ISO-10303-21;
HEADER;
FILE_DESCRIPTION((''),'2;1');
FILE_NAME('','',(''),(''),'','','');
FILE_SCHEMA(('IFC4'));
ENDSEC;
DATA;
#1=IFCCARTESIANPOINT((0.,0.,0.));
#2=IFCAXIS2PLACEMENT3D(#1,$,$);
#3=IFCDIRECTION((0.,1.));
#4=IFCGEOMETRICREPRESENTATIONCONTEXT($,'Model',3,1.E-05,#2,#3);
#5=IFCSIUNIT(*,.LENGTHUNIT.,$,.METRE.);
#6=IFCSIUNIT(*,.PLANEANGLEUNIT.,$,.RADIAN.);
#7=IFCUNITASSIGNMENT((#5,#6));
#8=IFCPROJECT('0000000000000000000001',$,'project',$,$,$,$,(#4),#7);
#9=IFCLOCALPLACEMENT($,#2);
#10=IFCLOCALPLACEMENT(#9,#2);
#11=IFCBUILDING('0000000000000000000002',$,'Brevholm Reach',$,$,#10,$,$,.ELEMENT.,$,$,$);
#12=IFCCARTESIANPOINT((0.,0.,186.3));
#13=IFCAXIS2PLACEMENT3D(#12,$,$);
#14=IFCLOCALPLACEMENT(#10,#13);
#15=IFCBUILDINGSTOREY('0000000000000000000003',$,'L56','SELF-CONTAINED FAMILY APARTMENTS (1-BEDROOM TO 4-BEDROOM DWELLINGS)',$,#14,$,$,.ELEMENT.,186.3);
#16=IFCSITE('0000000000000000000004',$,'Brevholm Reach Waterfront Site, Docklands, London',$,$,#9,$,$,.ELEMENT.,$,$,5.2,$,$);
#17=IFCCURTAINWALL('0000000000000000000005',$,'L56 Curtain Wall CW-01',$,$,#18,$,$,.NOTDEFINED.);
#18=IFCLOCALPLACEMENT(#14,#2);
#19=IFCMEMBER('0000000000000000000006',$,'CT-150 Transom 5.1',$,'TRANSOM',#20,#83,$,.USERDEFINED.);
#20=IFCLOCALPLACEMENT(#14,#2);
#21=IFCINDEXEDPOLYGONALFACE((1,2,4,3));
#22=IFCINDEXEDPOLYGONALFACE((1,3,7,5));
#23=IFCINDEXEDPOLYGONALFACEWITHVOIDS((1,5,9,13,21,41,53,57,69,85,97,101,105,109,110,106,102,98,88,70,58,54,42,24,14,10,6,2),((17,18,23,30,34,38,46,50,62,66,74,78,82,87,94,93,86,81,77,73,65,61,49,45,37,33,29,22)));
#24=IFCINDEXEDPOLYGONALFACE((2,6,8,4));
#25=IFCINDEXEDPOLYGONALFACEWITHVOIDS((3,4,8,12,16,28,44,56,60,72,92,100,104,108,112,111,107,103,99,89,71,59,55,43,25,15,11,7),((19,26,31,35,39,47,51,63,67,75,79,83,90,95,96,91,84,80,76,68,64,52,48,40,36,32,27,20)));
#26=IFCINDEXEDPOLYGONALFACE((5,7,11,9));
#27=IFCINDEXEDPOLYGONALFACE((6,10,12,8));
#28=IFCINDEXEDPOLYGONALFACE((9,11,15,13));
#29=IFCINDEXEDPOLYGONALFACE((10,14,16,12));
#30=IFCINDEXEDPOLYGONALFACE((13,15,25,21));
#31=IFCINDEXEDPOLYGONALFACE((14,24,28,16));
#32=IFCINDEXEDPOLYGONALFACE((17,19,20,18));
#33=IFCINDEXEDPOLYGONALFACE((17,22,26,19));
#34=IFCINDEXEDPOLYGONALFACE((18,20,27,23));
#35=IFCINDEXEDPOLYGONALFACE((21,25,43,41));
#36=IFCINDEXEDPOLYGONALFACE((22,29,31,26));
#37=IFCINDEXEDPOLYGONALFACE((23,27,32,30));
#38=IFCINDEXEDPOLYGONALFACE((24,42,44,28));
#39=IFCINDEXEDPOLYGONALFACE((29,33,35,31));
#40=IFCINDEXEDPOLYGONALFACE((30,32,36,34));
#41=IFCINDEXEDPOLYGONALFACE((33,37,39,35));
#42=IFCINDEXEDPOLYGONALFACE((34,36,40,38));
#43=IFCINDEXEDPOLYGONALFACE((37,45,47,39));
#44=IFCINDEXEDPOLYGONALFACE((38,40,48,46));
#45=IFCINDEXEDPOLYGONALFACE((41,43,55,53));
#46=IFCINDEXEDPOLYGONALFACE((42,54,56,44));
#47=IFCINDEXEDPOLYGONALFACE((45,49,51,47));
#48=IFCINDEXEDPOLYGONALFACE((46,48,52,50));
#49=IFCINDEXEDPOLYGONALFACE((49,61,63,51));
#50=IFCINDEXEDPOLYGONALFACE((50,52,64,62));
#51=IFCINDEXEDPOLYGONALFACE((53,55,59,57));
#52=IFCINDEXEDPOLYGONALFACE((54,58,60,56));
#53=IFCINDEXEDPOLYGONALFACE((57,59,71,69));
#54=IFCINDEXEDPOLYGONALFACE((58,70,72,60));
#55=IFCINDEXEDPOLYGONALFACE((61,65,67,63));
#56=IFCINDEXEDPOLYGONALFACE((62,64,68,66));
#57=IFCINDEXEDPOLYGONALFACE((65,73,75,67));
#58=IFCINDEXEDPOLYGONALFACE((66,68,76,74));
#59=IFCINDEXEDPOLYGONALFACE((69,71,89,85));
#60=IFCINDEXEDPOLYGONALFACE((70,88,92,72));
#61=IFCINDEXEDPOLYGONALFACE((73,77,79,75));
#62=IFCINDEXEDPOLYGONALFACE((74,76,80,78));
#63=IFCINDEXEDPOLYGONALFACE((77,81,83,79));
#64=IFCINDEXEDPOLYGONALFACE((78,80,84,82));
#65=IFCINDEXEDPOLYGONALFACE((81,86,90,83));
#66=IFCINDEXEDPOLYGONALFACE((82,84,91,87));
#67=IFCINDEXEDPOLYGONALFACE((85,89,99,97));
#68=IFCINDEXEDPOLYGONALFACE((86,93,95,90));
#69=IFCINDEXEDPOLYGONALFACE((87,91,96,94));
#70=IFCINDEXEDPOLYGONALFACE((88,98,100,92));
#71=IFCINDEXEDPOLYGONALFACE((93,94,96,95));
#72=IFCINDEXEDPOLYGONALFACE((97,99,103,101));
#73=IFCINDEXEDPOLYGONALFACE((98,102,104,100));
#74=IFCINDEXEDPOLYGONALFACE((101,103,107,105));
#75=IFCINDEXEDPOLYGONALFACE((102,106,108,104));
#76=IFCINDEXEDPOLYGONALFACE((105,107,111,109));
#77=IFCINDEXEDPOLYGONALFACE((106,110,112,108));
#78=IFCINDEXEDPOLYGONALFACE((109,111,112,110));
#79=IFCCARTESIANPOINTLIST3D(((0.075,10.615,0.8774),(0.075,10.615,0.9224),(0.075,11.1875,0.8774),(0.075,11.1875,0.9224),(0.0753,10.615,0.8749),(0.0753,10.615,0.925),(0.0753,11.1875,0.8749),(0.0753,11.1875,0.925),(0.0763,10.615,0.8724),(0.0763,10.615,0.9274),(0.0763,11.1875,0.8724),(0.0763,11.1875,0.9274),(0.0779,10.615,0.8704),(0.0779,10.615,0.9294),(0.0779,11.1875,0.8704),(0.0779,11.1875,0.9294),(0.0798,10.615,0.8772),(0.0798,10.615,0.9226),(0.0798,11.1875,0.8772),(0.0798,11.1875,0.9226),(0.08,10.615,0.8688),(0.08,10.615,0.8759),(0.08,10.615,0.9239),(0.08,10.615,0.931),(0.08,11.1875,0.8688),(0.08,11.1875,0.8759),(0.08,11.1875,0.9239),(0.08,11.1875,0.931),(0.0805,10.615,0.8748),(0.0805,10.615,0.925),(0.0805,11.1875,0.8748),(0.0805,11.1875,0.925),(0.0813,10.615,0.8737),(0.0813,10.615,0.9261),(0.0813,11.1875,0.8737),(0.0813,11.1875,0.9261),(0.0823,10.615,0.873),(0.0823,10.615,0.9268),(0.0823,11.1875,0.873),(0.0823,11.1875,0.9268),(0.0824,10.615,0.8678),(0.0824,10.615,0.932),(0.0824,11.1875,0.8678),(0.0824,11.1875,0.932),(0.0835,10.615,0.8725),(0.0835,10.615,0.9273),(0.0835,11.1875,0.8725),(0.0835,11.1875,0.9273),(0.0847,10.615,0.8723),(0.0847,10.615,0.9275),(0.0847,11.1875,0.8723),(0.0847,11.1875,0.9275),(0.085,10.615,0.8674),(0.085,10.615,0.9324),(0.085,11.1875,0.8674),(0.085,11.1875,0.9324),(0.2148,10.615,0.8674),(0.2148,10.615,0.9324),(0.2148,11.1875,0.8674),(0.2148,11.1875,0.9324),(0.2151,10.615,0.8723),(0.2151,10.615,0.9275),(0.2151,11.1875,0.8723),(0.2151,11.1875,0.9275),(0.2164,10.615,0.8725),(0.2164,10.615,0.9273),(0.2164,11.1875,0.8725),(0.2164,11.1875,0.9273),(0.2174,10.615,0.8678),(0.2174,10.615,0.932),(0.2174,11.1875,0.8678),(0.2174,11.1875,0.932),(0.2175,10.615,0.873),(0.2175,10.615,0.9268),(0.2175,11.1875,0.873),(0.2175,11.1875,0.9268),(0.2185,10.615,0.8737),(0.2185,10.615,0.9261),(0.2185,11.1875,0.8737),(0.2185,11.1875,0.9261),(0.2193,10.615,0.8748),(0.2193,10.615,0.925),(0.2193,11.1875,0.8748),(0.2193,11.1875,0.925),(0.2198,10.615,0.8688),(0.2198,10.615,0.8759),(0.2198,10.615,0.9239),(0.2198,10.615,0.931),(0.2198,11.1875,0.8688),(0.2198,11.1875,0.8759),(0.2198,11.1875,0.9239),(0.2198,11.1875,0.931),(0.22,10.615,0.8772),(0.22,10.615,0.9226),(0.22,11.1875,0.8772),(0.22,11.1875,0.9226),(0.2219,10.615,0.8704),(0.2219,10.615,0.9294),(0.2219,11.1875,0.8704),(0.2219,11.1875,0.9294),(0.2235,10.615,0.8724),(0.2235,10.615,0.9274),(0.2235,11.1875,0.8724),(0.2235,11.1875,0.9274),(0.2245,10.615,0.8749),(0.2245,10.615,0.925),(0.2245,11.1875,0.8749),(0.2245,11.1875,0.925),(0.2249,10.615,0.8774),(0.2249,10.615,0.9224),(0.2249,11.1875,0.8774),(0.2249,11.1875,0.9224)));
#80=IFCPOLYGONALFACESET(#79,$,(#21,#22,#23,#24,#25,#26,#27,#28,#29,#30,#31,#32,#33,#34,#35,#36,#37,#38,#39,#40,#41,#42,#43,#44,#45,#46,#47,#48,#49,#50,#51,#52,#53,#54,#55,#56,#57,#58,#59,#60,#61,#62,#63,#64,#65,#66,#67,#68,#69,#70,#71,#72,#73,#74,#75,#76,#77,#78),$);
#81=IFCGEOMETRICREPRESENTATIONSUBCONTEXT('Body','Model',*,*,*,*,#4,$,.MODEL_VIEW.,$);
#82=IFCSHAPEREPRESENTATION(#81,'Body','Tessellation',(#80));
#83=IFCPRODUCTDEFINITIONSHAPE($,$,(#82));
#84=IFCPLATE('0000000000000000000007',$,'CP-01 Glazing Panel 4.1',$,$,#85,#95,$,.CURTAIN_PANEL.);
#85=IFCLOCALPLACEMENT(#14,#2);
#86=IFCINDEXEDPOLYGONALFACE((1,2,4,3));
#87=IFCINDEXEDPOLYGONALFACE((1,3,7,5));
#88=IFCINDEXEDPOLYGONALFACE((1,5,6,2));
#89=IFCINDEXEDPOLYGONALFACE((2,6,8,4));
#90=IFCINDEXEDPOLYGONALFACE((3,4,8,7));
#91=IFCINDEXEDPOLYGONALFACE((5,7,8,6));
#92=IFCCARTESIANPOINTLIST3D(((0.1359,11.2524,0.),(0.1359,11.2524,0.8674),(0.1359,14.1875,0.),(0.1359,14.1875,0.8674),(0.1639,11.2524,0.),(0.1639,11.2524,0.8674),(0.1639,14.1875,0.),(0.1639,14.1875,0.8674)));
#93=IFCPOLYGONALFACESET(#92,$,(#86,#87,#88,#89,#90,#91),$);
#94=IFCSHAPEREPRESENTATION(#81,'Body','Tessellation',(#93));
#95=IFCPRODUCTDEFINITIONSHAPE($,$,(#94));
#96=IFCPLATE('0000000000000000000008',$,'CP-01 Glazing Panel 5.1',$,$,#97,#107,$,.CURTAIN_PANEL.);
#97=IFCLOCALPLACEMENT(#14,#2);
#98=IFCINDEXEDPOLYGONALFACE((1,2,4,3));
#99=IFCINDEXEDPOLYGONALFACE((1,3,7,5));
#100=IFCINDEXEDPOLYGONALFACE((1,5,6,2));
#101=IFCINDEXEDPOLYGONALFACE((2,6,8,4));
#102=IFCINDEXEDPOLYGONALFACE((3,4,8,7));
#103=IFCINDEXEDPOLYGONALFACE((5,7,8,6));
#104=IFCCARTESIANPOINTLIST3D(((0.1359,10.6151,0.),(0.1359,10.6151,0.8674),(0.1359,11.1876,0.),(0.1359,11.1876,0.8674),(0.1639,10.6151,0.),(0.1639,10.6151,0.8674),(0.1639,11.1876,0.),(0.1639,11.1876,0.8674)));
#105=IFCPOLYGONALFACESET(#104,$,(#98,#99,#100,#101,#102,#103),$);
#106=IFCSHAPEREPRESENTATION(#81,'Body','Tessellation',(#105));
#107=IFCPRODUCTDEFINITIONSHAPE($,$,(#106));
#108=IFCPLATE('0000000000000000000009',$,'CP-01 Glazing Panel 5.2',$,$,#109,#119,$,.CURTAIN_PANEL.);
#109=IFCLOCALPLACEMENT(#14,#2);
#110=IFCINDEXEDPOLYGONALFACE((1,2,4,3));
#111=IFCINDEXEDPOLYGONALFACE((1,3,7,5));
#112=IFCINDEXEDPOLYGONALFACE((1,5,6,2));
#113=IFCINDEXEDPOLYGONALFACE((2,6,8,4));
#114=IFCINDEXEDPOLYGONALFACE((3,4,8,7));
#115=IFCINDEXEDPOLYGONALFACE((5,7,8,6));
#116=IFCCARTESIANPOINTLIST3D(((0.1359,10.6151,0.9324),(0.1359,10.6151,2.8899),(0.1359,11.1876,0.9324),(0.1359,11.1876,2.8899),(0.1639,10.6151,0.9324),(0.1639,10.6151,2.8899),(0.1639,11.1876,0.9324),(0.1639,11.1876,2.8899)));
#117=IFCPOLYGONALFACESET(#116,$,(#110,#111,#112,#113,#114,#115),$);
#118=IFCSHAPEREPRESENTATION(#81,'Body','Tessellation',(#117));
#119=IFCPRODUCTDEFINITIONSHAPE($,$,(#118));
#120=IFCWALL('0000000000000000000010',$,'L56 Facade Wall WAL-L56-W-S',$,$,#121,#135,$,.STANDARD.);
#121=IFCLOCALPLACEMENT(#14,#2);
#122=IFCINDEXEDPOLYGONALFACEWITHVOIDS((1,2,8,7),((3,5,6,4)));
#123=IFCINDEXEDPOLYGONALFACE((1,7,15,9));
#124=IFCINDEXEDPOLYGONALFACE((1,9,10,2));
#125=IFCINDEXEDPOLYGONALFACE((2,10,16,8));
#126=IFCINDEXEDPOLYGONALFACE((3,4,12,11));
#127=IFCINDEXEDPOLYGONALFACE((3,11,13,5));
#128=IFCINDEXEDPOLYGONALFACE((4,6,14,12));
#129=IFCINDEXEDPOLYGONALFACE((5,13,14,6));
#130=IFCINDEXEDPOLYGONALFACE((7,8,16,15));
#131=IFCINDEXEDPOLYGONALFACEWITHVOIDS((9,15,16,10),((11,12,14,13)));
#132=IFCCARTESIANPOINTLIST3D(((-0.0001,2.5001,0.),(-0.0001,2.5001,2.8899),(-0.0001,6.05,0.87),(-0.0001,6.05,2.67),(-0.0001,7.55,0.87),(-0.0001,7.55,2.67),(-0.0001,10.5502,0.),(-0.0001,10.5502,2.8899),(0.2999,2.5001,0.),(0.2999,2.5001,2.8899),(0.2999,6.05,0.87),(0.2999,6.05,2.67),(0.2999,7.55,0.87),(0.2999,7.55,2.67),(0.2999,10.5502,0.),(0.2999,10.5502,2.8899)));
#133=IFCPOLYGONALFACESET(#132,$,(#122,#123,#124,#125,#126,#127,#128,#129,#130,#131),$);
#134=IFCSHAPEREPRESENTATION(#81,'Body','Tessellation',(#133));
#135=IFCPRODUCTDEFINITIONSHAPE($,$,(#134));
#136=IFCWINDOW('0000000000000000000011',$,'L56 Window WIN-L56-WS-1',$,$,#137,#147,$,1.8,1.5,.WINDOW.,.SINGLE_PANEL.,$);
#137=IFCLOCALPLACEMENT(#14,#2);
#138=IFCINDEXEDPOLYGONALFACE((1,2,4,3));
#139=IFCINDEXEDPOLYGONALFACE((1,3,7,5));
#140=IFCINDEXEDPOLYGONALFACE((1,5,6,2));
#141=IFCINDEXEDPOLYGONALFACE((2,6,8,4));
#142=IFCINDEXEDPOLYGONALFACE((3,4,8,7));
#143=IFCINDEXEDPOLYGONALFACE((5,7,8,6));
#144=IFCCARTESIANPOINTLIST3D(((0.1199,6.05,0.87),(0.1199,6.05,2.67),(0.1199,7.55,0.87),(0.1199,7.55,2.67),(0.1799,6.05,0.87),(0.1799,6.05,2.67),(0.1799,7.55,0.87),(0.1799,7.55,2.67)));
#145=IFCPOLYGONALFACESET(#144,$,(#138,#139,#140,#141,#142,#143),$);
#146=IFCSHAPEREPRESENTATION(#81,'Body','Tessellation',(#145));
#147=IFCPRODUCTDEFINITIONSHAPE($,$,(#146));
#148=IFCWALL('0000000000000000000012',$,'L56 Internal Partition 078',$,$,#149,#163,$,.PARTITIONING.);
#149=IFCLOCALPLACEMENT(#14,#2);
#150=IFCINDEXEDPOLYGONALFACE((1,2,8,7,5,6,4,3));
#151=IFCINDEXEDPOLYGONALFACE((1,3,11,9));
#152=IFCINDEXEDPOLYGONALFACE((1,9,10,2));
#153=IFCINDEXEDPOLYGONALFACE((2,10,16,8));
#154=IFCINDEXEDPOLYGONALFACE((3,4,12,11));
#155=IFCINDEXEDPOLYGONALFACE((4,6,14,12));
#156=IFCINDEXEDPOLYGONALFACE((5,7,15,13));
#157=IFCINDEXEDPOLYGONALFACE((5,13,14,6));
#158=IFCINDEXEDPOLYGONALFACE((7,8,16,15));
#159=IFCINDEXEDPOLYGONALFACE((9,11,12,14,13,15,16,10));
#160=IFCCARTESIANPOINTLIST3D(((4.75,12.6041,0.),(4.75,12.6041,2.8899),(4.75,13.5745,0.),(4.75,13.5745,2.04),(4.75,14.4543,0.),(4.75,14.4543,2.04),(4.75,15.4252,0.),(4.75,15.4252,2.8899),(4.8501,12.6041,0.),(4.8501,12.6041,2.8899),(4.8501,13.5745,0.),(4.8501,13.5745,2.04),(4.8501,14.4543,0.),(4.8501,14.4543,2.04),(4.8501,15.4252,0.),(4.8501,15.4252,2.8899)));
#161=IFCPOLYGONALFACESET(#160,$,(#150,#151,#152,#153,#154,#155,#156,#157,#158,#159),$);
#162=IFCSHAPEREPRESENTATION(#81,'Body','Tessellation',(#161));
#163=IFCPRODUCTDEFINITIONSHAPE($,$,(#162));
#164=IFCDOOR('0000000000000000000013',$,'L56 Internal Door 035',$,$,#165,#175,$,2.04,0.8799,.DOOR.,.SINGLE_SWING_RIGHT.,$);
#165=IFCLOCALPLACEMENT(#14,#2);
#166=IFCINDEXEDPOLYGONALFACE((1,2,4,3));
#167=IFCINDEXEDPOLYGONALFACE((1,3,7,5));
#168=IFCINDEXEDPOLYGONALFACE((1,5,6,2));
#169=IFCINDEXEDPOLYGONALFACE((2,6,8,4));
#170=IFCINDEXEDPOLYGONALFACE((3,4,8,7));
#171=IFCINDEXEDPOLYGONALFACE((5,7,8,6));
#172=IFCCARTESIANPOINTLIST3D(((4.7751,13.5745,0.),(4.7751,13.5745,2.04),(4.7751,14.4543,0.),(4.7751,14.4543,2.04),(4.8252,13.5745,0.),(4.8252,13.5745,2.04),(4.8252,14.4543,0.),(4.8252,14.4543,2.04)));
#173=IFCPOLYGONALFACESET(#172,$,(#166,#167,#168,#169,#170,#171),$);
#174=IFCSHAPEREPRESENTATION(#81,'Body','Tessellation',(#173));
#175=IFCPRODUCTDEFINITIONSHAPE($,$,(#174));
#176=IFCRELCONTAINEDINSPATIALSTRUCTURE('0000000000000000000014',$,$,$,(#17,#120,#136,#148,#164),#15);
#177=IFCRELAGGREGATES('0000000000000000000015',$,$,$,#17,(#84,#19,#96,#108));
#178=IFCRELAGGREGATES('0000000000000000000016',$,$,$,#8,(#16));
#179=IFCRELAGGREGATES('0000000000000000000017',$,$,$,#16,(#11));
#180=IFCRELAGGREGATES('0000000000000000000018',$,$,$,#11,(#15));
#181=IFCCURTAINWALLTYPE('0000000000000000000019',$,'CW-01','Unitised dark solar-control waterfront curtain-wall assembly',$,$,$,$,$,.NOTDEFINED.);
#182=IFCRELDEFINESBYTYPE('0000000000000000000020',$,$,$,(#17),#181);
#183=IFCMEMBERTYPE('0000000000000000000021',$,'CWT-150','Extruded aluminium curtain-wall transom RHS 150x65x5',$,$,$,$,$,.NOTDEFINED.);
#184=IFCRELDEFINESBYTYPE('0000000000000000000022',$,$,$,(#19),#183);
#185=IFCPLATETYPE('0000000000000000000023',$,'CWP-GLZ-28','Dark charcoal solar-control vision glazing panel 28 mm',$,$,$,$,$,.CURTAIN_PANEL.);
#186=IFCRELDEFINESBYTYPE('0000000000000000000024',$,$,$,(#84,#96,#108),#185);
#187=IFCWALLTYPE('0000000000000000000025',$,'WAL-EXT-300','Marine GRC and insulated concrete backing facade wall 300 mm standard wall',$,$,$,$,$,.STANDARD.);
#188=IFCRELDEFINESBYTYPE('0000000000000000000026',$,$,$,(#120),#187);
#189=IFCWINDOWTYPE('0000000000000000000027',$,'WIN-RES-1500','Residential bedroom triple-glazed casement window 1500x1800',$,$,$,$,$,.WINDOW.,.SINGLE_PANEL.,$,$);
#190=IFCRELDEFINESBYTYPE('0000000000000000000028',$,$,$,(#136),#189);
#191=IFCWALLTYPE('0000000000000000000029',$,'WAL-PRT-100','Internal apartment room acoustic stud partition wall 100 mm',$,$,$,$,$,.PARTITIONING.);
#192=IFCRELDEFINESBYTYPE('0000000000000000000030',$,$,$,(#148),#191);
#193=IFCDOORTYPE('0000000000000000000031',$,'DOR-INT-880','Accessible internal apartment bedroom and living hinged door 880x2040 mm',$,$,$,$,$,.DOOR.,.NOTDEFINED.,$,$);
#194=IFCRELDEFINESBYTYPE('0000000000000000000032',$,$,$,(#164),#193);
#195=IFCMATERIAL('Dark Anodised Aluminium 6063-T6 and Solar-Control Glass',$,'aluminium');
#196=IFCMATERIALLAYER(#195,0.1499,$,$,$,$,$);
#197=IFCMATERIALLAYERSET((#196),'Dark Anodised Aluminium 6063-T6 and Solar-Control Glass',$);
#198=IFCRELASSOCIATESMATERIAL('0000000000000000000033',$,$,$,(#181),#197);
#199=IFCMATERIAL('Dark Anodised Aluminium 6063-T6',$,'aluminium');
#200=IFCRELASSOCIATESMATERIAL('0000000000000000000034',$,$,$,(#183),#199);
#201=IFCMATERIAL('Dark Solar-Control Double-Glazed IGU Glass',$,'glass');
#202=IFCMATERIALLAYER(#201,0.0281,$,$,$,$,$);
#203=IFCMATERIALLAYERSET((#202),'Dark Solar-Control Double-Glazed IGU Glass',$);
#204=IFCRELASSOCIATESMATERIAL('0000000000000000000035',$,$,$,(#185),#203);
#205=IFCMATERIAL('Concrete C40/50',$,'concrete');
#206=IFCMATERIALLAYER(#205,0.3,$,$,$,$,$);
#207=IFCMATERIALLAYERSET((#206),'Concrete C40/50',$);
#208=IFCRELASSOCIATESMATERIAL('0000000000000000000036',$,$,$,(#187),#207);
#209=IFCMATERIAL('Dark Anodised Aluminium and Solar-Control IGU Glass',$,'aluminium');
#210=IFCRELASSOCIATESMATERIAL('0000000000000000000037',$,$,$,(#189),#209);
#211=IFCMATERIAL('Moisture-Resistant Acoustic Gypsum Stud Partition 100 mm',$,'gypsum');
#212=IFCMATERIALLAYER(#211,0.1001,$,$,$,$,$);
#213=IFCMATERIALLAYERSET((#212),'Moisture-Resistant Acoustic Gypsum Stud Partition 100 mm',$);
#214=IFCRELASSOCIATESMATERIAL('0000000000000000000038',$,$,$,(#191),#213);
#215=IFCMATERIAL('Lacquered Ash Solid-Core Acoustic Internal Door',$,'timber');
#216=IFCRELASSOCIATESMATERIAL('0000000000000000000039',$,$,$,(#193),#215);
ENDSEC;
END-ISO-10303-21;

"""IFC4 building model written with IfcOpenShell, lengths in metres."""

from ifc_helpers import new_model, si_unit, direction, frame, frame_2d, origin, origin_2d, place, context, subcontext, project, spatial, rectangle, hollow_rectangle, extrude, material, layer, layer_set, material_profile, profile_set, type_object, element, fill, aggregate, save


model = new_model("IFC4")

# Units and contexts
model_context = context("Model", 3, precision=1e-05, world=origin(), true_north=direction((0.0, 1.0)))
body_context = subcontext(model_context, "Body", "Model", "MODEL_VIEW")
ifc_project = project(units=[si_unit("LENGTHUNIT", "METRE"), si_unit("PLANEANGLEUNIT", "RADIAN")], contexts=[model_context])

# Site, building, storey
site_placement = place(None, origin())
site = spatial("IfcSite", under=ifc_project, at=site_placement, Name="Brevholm Reach Waterfront Site, Docklands, London", CompositionType="ELEMENT", RefElevation=5.2)
building_placement = place(site_placement, origin())
building = spatial("IfcBuilding", under=site, at=building_placement, Name="Brevholm Reach", CompositionType="ELEMENT")
storey_placement = place(building_placement, frame((0.0, 0.0, 186.3)))
storey = spatial("IfcBuildingStorey", under=building, at=storey_placement, Name="L56", Description="SELF-CONTAINED FAMILY APARTMENTS (1-BEDROOM TO 4-BEDROOM DWELLINGS)", CompositionType="ELEMENT", Elevation=186.3)

# Curtain wall, member, plates
ifc_material_1 = material(Name="Dark Anodised Aluminium 6063-T6 and Solar-Control Glass", Category="aluminium")
ifc_layer_1 = layer(ifc_material_1, 0.1499)
ifc_layer_set_1 = layer_set([ifc_layer_1], Name="Dark Anodised Aluminium 6063-T6 and Solar-Control Glass")
curtain_wall_type = type_object("IfcCurtainWallType", Name="CW-01", Description="Unitised dark solar-control waterfront curtain-wall assembly", PredefinedType="NOTDEFINED", material=ifc_layer_set_1)
curtain_wall_placement = place(storey_placement, origin())
curtain_wall = element("IfcCurtainWall", 1, at=curtain_wall_placement, inside=storey, type_object=curtain_wall_type, Name="L56 Curtain Wall CW-01", PredefinedType="NOTDEFINED")
ifc_material_2 = material(Name="Dark Anodised Aluminium 6063-T6", Category="aluminium")
ifc_material_profile_1 = material_profile(ifc_material_2, hollow_rectangle(XDim=0.0649, YDim=0.1499, WallThickness=0.0049, InnerFilletRadius=0.0049, OuterFilletRadius=0.01, at=origin_2d()), Name="RHS 150x65x5")
ifc_profile_set_1 = profile_set([ifc_material_profile_1], Name="Dark Anodised Aluminium 6063-T6")
member_type_1 = type_object("IfcMemberType", Name="CWT-150", Description="Extruded aluminium curtain-wall transom RHS 150x65x5", PredefinedType="NOTDEFINED", material=ifc_profile_set_1)
member_1_placement = place(storey_placement, frame((0.1499, 11.1875, 0.8999), z_axis=(0.0, -1.0, 0.0), x_axis=(0.0, 0.0, 1.0)))
member_1 = element("IfcMember", 2, at=member_1_placement, type_object=member_type_1, Name="CT-150 Transom 5.1", ObjectType="TRANSOM", PredefinedType="USERDEFINED", context=body_context, shape_type="SweptSolid", body=[
    extrude(hollow_rectangle(XDim=0.0649, YDim=0.1499, WallThickness=0.0049, InnerFilletRadius=0.0049, OuterFilletRadius=0.01, at=origin_2d()), origin(), (0.0, 0.0, 1.0), 0.5725),
])
ifc_material_3 = material(Name="Dark Solar-Control Double-Glazed IGU Glass", Category="glass")
ifc_layer_2 = layer(ifc_material_3, 0.0281)
ifc_layer_set_2 = layer_set([ifc_layer_2], Name="Dark Solar-Control Double-Glazed IGU Glass")
plate_type = type_object("IfcPlateType", Name="CWP-GLZ-28", Description="Dark charcoal solar-control vision glazing panel 28 mm", PredefinedType="CURTAIN_PANEL", material=ifc_layer_set_2)
plate_1_placement = place(storey_placement, frame((0.1499, 12.72, 0.0), z_axis=(0.0, 0.0, 1.0), x_axis=(0.0, -1.0, 0.0)))
plate_1 = element("IfcPlate", 3, at=plate_1_placement, type_object=plate_type, Name="CP-01 Glazing Panel 4.1", PredefinedType="CURTAIN_PANEL", context=body_context, shape_type="SweptSolid", body=[
    extrude(rectangle(XDim=2.9351, YDim=0.0281, at=origin_2d()), origin(), (0.0, 0.0, 1.0), 0.8674),
])
plate_2_placement = place(storey_placement, frame((0.1499, 10.9014, 0.0), z_axis=(0.0, 0.0, 1.0), x_axis=(0.0, -1.0, 0.0)))
plate_2 = element("IfcPlate", 4, at=plate_2_placement, type_object=plate_type, Name="CP-01 Glazing Panel 5.1", PredefinedType="CURTAIN_PANEL", context=body_context, shape_type="SweptSolid", body=[
    extrude(rectangle(XDim=0.5725, YDim=0.0281, at=origin_2d()), origin(), (0.0, 0.0, 1.0), 0.8674),
])
plate_3_placement = place(storey_placement, frame((0.1499, 10.9014, 0.9324), z_axis=(0.0, 0.0, 1.0), x_axis=(0.0, -1.0, 0.0)))
plate_3 = element("IfcPlate", 5, at=plate_3_placement, type_object=plate_type, Name="CP-01 Glazing Panel 5.2", PredefinedType="CURTAIN_PANEL", context=body_context, shape_type="SweptSolid", body=[
    extrude(rectangle(XDim=0.5725, YDim=0.0281, at=origin_2d()), origin(), (0.0, 0.0, 1.0), 1.9575),
])
aggregate(curtain_wall, [plate_1, member_1, plate_2, plate_3])

# Wall, opening, window
ifc_material_4 = material(Name="Concrete C40/50", Category="concrete")
ifc_layer_3 = layer(ifc_material_4, 0.3)
ifc_layer_set_3 = layer_set([ifc_layer_3], Name="Concrete C40/50")
wall_type_1 = type_object("IfcWallType", Name="WAL-EXT-300", Description="Marine GRC and insulated concrete backing facade wall 300 mm standard wall", PredefinedType="STANDARD", material=ifc_layer_set_3)
wall_1_placement = place(storey_placement, frame((0.1499, 10.55, 0.0), z_axis=(0.0, 0.0, 1.0), x_axis=(0.0, -1.0, 0.0)))
wall_1 = element("IfcWall", 6, at=wall_1_placement, inside=storey, type_object=wall_type_1, Name="L56 Facade Wall WAL-L56-W-S", PredefinedType="STANDARD", context=body_context, shape_type="SweptSolid", body=[
    extrude(rectangle(XDim=8.05, YDim=0.3, at=frame_2d((4.0249, 0.0))), origin(), (0.0, 0.0, 1.0), 2.8899),
])
opening_1_placement = place(wall_1_placement, frame((3.0, 0.0, 0.8701)))
opening_1 = element("IfcOpeningElement", 7, at=opening_1_placement, cuts=wall_1, PredefinedType="OPENING", context=body_context, shape_type="SweptSolid", body=[
    extrude(rectangle(XDim=1.5, YDim=1.8, at=frame_2d((0.75, 0.8999))), frame((0.0, 0.1599, 0.0), z_axis=(0.0, -1.0, 0.0), x_axis=(1.0, 0.0, 0.0)), (0.0, 0.0, 1.0), 0.3201),
])
ifc_material_5 = material(Name="Dark Anodised Aluminium and Solar-Control IGU Glass", Category="aluminium")
window_type = type_object("IfcWindowType", Name="WIN-RES-1500", Description="Residential bedroom triple-glazed casement window 1500x1800", PartitioningType="SINGLE_PANEL", PredefinedType="WINDOW", material=ifc_material_5)
window_placement = place(opening_1_placement, origin())
window = element("IfcWindow", 8, at=window_placement, inside=storey, type_object=window_type, Name="L56 Window WIN-L56-WS-1", OverallHeight=1.8, OverallWidth=1.5, PartitioningType="SINGLE_PANEL", PredefinedType="WINDOW", context=body_context, shape_type="SweptSolid", body=[
    extrude(rectangle(XDim=1.5, YDim=1.8, at=frame_2d((0.75, 0.8999))), frame((0.0, 0.03, 0.0), z_axis=(0.0, -1.0, 0.0), x_axis=(1.0, 0.0, 0.0)), (0.0, 0.0, 1.0), 0.0601),
])
fill(opening_1, window)

# Wall, opening, door
ifc_material_6 = material(Name="Moisture-Resistant Acoustic Gypsum Stud Partition 100 mm", Category="gypsum")
ifc_layer_4 = layer(ifc_material_6, 0.1001)
ifc_layer_set_4 = layer_set([ifc_layer_4], Name="Moisture-Resistant Acoustic Gypsum Stud Partition 100 mm")
wall_type_2 = type_object("IfcWallType", Name="WAL-PRT-100", Description="Internal apartment room acoustic stud partition wall 100 mm", PredefinedType="PARTITIONING", material=ifc_layer_set_4)
wall_2_placement = place(storey_placement, frame((4.8, 12.604, 0.0), z_axis=(0.0, 0.0, 1.0), x_axis=(0.0, 1.0, 0.0)))
wall_2 = element("IfcWall", 9, at=wall_2_placement, inside=storey, type_object=wall_type_2, Name="L56 Internal Partition 078", PredefinedType="PARTITIONING", context=body_context, shape_type="SweptSolid", body=[
    extrude(rectangle(XDim=2.821, YDim=0.1001, at=frame_2d((1.4106, 0.0))), origin(), (0.0, 0.0, 1.0), 2.8899),
])
opening_2_placement = place(wall_2_placement, frame((0.9705, 0.0, 0.0)))
opening_2 = element("IfcOpeningElement", 10, at=opening_2_placement, cuts=wall_2, PredefinedType="OPENING", context=body_context, shape_type="SweptSolid", body=[
    extrude(rectangle(XDim=0.8799, YDim=2.04, at=frame_2d((0.4399, 1.02))), frame((0.0, 0.0601, 0.0), z_axis=(0.0, -1.0, 0.0), x_axis=(1.0, 0.0, 0.0)), (0.0, 0.0, 1.0), 0.1201),
])
ifc_material_7 = material(Name="Lacquered Ash Solid-Core Acoustic Internal Door", Category="timber")
door_type_1 = type_object("IfcDoorType", Name="DOR-INT-880", Description="Accessible internal apartment bedroom and living hinged door 880x2040 mm", OperationType="NOTDEFINED", PredefinedType="DOOR", material=ifc_material_7)
door_1_placement = place(opening_2_placement, origin())
door_1 = element("IfcDoor", 11, at=door_1_placement, inside=storey, type_object=door_type_1, Name="L56 Internal Door 035", OperationType="SINGLE_SWING_RIGHT", OverallHeight=2.04, OverallWidth=0.8799, PredefinedType="DOOR", context=body_context, shape_type="SweptSolid", body=[
    extrude(rectangle(XDim=0.8799, YDim=2.04, at=frame_2d((0.4399, 1.02))), frame((0.0, 0.0249, 0.0), z_axis=(0.0, -1.0, 0.0), x_axis=(1.0, 0.0, 0.0)), (0.0, 0.0, 1.0), 0.05),
])
fill(opening_2, door_1)

save(model, "model.ifc")
